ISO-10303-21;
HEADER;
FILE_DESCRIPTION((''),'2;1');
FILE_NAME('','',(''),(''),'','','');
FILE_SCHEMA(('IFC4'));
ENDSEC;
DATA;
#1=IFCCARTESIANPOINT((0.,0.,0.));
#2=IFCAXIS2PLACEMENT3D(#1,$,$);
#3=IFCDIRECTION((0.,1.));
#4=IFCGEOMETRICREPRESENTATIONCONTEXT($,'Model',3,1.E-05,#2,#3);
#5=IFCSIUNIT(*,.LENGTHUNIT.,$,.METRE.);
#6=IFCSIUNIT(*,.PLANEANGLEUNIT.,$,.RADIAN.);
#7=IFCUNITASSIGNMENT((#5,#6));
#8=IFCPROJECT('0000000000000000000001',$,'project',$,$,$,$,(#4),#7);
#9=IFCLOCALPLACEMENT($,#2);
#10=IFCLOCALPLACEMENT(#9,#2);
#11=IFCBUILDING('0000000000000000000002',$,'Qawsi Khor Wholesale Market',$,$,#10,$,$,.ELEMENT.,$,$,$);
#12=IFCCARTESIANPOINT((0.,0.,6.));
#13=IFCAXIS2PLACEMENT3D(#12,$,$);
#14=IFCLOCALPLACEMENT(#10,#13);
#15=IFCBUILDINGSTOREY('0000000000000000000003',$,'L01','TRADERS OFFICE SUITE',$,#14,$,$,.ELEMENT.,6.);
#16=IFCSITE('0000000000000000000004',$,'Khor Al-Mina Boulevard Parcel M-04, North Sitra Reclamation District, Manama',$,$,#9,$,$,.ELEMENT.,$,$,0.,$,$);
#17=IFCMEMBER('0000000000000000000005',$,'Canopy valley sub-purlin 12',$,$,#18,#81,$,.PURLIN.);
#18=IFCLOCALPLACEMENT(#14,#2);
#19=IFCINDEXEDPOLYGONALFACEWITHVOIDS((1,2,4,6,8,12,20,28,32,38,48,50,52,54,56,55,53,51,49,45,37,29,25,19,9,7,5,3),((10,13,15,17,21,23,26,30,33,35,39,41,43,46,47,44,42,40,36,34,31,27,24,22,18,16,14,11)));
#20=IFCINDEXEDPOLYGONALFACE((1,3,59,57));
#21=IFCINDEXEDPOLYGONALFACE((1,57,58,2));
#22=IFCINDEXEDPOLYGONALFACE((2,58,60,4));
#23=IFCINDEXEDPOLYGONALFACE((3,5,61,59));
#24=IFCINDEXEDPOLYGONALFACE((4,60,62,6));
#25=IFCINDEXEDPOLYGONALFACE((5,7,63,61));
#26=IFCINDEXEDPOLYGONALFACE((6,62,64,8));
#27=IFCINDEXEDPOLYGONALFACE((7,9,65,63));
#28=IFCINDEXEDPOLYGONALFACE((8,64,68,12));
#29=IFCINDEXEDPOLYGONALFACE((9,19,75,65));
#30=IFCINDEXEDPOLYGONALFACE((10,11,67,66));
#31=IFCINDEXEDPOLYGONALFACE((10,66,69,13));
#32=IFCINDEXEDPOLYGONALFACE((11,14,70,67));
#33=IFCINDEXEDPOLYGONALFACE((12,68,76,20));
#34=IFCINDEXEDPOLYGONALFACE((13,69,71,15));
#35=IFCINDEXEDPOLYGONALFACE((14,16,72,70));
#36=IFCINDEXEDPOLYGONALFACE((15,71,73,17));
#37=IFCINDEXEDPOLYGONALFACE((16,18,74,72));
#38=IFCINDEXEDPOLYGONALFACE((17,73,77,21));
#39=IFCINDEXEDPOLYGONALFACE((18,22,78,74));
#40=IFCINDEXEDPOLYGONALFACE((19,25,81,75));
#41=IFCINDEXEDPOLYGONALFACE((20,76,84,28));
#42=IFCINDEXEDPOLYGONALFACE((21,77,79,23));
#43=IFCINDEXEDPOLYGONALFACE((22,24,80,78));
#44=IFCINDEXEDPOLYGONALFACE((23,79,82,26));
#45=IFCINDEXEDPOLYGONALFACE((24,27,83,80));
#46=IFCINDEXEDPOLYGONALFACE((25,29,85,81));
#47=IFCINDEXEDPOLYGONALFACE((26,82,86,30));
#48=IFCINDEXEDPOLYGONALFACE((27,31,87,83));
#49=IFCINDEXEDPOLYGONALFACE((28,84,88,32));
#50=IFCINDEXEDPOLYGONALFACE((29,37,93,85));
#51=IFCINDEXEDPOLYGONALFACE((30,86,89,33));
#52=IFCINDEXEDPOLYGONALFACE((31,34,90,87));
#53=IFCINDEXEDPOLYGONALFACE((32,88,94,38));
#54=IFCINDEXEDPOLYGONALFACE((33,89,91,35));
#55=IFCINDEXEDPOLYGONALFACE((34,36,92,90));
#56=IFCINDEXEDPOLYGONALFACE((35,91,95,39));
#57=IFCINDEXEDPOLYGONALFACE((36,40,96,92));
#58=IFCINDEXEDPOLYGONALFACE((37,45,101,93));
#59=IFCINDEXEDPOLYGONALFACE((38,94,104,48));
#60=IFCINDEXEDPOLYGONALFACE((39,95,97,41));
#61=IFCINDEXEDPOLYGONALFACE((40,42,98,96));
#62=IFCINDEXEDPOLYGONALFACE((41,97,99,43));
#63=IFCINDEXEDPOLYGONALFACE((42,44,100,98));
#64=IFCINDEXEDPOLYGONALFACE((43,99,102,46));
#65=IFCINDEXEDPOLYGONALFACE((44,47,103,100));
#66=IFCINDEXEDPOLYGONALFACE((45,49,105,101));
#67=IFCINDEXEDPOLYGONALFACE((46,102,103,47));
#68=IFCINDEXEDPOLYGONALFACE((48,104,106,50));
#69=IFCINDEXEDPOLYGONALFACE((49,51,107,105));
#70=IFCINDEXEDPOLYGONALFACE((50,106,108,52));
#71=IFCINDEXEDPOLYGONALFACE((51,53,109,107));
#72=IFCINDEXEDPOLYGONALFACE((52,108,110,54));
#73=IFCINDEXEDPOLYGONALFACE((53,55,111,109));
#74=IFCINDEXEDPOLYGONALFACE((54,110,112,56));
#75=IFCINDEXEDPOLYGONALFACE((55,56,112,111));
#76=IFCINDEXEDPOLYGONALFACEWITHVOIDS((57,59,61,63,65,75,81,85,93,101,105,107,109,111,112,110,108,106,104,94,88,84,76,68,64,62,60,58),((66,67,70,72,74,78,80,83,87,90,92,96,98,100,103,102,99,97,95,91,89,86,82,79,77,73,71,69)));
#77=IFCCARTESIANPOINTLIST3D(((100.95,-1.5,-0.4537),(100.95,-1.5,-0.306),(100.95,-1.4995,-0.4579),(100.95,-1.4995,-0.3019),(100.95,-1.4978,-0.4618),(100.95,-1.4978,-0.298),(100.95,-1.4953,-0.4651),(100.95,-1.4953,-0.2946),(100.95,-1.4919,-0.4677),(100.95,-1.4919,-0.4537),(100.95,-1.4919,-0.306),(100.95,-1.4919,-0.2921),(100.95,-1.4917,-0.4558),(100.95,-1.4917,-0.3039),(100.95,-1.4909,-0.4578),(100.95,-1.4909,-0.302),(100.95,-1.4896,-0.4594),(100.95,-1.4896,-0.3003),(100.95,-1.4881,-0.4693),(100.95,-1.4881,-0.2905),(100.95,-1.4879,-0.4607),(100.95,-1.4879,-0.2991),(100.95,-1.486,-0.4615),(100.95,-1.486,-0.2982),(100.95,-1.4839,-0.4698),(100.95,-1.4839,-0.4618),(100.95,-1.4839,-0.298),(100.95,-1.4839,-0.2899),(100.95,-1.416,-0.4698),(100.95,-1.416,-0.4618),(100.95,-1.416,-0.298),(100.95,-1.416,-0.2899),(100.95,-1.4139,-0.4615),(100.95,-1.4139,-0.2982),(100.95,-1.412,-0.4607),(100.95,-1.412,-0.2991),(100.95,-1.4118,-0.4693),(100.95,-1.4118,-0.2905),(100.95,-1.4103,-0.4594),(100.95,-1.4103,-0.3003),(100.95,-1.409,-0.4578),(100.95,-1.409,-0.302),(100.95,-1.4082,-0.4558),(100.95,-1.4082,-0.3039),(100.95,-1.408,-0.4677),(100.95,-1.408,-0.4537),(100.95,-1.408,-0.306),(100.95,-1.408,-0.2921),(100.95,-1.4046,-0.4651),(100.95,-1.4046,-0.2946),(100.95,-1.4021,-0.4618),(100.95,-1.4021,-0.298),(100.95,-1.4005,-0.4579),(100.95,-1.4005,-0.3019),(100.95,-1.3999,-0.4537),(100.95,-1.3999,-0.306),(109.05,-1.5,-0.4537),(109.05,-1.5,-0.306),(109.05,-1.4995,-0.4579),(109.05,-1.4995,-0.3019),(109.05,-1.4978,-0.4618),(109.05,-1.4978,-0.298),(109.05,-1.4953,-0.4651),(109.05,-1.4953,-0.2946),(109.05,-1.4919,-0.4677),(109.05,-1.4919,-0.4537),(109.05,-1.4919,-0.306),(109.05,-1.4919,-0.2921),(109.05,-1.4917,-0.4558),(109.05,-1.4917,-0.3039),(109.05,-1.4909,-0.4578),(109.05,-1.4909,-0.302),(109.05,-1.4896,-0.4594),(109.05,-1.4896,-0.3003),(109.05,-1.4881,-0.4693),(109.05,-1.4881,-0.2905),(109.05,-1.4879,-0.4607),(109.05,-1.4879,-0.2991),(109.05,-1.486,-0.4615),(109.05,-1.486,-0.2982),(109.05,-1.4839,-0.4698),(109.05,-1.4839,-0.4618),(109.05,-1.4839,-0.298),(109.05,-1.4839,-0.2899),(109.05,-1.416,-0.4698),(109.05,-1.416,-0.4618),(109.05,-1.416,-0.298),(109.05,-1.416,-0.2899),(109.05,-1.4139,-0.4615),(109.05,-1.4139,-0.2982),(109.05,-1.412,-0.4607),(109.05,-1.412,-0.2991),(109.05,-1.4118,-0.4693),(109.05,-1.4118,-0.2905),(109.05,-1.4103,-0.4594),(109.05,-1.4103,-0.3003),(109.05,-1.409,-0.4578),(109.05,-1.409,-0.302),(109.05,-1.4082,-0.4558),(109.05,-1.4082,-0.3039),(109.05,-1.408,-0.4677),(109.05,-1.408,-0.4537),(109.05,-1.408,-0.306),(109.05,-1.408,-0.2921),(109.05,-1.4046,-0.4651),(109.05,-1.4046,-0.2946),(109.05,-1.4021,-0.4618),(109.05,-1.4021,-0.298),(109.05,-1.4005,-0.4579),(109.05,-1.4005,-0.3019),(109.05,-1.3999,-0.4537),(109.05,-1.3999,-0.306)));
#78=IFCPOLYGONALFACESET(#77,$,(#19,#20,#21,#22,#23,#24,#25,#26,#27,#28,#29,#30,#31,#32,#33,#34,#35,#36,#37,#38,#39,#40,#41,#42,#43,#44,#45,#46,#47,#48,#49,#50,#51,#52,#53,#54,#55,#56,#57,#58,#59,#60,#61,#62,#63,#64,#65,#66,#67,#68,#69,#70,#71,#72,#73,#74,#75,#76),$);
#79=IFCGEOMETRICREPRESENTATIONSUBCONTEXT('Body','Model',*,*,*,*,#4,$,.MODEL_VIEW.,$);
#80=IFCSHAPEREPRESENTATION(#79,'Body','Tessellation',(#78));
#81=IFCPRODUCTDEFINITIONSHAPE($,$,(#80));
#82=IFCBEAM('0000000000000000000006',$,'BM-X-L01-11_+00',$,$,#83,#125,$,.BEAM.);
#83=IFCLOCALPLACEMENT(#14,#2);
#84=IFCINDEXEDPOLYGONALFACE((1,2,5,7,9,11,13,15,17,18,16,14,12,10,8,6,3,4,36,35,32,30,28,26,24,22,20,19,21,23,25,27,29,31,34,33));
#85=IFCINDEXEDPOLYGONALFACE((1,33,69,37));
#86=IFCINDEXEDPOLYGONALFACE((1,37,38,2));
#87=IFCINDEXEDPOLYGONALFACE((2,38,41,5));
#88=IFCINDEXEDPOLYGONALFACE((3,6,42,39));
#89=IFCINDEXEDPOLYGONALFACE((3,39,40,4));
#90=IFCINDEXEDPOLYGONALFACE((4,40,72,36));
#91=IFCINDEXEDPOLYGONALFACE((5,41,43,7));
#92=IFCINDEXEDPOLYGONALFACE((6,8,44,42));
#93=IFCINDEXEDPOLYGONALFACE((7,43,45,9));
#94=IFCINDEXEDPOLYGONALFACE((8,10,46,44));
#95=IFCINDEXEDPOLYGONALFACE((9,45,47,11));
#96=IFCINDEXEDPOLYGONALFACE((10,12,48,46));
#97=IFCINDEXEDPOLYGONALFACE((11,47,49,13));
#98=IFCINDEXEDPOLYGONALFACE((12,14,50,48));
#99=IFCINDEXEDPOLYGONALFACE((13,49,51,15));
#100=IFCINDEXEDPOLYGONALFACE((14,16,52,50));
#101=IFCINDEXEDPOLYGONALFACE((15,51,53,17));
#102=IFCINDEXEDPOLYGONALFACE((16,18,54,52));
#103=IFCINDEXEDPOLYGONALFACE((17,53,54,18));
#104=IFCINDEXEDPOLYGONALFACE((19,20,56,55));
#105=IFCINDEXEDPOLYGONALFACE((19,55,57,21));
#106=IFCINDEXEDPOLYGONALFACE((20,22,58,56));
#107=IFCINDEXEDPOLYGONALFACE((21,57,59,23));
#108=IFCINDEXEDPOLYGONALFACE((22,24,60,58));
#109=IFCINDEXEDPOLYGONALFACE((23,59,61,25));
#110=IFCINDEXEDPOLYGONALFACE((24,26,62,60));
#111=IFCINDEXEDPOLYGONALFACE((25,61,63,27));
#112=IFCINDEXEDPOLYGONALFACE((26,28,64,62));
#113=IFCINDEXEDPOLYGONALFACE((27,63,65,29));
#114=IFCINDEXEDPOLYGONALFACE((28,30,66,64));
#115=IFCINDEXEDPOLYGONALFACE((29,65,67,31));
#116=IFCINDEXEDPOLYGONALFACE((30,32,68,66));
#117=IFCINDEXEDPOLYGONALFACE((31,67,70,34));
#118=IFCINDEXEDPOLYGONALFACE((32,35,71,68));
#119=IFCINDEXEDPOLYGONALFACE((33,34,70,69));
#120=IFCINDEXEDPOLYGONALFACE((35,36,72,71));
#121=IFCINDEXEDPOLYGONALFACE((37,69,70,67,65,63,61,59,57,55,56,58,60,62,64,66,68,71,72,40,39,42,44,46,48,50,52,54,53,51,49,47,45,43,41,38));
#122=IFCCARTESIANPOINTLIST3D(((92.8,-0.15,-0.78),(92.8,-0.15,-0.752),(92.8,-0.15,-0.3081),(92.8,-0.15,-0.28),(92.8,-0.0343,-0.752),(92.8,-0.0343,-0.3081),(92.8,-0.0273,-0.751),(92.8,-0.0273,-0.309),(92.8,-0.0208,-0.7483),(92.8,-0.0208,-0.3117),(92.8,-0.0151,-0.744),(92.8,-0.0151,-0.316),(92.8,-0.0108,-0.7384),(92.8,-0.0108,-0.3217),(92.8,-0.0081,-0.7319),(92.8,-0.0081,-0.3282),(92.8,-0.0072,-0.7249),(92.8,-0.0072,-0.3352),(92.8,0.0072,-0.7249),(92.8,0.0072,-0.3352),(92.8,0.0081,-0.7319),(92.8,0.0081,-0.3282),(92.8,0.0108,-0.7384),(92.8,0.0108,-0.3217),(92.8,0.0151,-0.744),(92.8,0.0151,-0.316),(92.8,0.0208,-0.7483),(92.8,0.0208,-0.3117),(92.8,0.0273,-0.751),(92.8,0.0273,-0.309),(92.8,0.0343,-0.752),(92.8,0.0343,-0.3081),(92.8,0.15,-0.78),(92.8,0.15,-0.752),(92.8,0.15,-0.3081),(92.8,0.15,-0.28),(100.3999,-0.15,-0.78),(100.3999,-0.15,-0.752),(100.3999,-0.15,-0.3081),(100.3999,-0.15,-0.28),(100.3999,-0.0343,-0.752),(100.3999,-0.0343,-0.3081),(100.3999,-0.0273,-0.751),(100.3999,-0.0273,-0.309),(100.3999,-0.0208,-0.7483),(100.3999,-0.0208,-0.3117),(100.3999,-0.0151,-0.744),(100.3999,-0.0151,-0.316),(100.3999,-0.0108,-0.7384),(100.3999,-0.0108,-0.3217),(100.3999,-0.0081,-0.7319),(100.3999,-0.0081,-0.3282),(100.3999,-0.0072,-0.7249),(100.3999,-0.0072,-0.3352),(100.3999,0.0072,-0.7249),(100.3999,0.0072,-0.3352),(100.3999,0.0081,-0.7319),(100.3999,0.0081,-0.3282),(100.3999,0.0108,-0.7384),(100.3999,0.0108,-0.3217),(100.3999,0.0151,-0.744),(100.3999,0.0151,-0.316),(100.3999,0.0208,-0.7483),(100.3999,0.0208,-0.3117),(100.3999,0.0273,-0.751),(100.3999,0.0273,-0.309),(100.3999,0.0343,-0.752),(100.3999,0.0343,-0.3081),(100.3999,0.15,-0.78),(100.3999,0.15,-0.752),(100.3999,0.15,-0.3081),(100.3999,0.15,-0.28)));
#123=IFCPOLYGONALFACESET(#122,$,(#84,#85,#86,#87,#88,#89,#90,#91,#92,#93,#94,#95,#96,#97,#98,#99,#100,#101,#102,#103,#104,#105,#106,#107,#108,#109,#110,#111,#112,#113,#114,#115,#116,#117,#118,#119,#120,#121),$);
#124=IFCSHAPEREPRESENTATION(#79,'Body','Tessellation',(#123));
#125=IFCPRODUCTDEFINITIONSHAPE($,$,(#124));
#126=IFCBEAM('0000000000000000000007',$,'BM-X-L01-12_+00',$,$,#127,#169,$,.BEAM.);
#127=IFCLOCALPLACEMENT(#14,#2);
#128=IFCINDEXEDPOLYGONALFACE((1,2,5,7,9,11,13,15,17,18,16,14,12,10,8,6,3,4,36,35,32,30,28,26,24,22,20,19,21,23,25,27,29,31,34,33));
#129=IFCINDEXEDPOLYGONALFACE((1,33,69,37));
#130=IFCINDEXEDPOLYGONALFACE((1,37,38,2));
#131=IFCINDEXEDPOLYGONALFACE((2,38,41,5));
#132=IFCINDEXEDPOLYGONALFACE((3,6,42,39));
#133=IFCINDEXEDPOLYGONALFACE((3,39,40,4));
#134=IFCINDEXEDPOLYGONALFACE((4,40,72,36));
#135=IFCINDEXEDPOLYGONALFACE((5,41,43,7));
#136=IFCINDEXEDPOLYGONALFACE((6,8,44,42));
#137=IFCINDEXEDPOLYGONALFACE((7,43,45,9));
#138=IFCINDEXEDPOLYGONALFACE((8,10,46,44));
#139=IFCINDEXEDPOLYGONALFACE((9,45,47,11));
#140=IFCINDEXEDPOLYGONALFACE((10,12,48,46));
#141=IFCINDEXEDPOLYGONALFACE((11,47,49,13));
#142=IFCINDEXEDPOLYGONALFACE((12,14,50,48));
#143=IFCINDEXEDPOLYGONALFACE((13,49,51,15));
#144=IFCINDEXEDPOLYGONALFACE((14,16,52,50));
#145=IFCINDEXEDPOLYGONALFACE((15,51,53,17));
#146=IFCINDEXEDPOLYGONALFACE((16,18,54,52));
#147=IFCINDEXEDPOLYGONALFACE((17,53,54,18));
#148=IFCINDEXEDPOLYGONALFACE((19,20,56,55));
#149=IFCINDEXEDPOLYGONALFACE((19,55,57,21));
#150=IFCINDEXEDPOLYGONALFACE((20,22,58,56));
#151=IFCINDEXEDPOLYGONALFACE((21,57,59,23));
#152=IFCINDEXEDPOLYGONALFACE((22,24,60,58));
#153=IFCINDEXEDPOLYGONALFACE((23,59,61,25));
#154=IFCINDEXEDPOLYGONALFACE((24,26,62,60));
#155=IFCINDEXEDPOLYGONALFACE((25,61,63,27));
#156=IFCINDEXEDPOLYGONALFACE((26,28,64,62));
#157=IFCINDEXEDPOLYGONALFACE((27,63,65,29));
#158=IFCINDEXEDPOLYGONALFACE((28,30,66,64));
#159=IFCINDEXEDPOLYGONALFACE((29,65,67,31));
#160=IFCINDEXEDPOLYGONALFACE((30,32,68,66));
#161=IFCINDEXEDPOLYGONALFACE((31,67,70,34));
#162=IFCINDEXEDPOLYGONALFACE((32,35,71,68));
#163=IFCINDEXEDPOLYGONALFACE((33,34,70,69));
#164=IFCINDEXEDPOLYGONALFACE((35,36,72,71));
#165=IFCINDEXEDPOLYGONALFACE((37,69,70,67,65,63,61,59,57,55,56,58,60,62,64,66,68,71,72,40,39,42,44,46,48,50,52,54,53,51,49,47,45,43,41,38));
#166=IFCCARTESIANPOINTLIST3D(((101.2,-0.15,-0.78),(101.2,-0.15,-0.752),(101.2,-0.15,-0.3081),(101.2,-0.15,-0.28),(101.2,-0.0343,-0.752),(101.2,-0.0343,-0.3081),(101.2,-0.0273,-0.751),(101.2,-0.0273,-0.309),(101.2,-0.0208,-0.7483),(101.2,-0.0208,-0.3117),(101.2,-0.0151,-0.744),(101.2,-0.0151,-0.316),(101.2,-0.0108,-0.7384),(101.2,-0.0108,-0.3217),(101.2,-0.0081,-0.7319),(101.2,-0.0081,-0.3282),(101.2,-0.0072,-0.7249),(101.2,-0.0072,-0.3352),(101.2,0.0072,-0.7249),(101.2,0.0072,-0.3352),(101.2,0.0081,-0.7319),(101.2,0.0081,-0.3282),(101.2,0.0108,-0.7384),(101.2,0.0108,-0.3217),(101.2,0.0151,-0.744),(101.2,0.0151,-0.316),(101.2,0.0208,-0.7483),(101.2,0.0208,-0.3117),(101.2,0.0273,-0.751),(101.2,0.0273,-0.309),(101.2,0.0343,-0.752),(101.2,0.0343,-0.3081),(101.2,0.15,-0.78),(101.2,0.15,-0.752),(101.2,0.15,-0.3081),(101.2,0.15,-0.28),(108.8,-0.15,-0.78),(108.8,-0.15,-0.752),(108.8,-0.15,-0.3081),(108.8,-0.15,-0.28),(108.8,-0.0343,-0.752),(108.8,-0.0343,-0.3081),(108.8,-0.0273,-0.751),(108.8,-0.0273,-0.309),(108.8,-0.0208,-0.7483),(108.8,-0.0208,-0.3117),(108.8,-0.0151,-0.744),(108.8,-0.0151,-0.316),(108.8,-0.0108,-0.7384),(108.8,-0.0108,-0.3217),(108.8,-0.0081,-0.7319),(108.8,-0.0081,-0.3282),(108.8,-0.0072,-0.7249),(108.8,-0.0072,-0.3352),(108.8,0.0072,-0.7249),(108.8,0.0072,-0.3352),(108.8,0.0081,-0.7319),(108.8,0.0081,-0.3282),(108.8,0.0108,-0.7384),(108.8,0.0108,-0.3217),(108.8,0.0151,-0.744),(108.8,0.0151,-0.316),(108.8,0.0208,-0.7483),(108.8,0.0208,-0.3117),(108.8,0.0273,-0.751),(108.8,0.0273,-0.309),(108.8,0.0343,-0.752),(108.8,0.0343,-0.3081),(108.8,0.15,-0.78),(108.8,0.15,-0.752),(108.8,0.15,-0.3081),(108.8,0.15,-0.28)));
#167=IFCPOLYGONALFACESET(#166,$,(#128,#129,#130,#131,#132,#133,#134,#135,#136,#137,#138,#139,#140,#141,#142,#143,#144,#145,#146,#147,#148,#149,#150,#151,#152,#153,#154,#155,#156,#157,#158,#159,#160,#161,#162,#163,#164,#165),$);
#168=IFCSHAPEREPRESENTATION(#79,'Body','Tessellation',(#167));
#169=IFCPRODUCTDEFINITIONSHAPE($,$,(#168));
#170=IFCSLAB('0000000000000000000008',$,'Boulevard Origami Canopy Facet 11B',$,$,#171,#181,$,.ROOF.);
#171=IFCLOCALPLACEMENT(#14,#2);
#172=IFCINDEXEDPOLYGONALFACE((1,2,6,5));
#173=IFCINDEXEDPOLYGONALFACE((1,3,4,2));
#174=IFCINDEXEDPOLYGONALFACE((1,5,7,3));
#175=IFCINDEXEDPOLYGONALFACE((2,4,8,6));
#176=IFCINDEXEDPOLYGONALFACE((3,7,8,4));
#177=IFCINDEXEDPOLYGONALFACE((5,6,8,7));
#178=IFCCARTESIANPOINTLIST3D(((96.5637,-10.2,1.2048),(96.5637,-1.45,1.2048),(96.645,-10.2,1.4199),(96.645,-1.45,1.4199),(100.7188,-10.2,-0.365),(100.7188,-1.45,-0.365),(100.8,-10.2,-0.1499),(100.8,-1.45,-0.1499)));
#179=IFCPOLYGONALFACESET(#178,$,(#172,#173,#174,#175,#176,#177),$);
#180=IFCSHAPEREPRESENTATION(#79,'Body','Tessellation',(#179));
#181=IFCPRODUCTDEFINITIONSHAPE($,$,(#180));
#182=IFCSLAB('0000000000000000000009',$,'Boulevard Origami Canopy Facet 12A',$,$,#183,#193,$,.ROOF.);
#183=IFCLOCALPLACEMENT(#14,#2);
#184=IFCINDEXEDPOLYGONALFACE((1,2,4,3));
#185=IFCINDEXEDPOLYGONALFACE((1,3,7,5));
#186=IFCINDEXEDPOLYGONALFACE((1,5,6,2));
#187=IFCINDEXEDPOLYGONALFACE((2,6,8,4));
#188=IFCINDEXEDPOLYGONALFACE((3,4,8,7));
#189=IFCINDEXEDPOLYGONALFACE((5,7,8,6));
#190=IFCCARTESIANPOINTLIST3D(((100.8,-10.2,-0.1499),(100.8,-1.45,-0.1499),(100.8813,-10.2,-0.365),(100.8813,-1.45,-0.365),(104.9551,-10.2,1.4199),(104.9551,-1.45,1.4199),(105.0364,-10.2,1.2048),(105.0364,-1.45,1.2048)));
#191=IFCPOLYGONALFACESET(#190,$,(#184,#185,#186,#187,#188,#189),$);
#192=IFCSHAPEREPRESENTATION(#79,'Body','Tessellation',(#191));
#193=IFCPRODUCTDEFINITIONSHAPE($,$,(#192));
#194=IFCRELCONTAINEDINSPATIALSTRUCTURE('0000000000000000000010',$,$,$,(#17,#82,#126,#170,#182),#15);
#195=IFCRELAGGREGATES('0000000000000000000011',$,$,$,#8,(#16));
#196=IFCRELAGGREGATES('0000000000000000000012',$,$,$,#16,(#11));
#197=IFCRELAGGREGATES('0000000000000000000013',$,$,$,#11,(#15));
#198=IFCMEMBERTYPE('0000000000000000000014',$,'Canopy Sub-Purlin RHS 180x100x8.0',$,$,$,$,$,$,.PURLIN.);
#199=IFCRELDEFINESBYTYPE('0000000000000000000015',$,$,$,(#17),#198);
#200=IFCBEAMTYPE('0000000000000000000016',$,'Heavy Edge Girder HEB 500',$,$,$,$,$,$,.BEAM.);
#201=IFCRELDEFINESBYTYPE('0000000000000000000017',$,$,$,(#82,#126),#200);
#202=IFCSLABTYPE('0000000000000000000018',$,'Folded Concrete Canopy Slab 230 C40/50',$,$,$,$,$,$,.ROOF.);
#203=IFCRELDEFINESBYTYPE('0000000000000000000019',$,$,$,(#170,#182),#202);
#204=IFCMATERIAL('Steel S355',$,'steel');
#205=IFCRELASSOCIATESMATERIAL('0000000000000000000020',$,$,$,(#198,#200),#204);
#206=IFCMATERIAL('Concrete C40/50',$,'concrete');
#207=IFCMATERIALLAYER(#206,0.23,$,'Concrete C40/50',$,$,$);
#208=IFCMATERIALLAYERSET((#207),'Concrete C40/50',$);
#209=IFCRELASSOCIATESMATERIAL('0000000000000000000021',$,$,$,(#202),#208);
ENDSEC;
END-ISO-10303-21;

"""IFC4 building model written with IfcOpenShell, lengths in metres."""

from ifc_helpers import new_model, si_unit, direction, frame, origin, origin_2d, place, context, subcontext, project, spatial, polyline, hollow_rectangle, i_section, outline, extrude, material, layer, layer_set, material_profile, profile_set, type_object, element, save


model = new_model("IFC4")

# Units and contexts
model_context = context("Model", 3, precision=1e-05, world=origin(), true_north=direction((0.0, 1.0)))
body_context = subcontext(model_context, "Body", "Model", "MODEL_VIEW")
ifc_project = project(units=[si_unit("LENGTHUNIT", "METRE"), si_unit("PLANEANGLEUNIT", "RADIAN")], contexts=[model_context])

# Site, building, storey
site_placement = place(None, origin())
site = spatial("IfcSite", under=ifc_project, at=site_placement, Name="Khor Al-Mina Boulevard Parcel M-04, North Sitra Reclamation District, Manama", CompositionType="ELEMENT", RefElevation=0.0)
building_placement = place(site_placement, origin())
building = spatial("IfcBuilding", under=site, at=building_placement, Name="Qawsi Khor Wholesale Market", CompositionType="ELEMENT")
storey_placement = place(building_placement, frame((0.0, 0.0, 6.0)))
storey = spatial("IfcBuildingStorey", under=building, at=storey_placement, Name="L01", Description="TRADERS OFFICE SUITE", CompositionType="ELEMENT", Elevation=6.0)

# Shared definitions
ifc_material_1 = material(Name="Concrete C40/50", Category="concrete")

# Shared definitions
ifc_material_2 = material(Name="Steel S355", Category="steel")

# Member
ifc_material_profile_1 = material_profile(ifc_material_2, hollow_rectangle(XDim=0.1001, YDim=0.1799, WallThickness=0.0081, InnerFilletRadius=0.0081, OuterFilletRadius=0.0161, at=origin_2d()), Name="RHS 180x100x8.0")
ifc_profile_set_1 = profile_set([ifc_material_profile_1], Name="Steel S355")
member_type = type_object("IfcMemberType", Name="Canopy Sub-Purlin RHS 180x100x8.0", PredefinedType="PURLIN", material=ifc_profile_set_1)
member_1_placement = place(storey_placement, frame((100.95, -1.45, -0.3799), z_axis=(1.0, 0.0, 0.0), x_axis=(0.0, 1.0, 0.0)))
element("IfcMember", 1, at=member_1_placement, inside=storey, type_object=member_type, Name="Canopy valley sub-purlin 12", PredefinedType="PURLIN", context=body_context, shape_type="SweptSolid", body=[
    extrude(hollow_rectangle(XDim=0.1001, YDim=0.1799, WallThickness=0.0081, InnerFilletRadius=0.0081, OuterFilletRadius=0.0161, at=origin_2d()), origin(), (0.0, 0.0, 1.0), 8.1001),
])

# Beams
ifc_material_profile_2 = material_profile(ifc_material_2, i_section(OverallWidth=0.3, OverallDepth=0.5, WebThickness=0.0144, FlangeThickness=0.0281, FilletRadius=0.0271, at=origin_2d()), Name="HEB 500")
ifc_profile_set_2 = profile_set([ifc_material_profile_2], Name="Steel S355")
beam_type_1 = type_object("IfcBeamType", Name="Heavy Edge Girder HEB 500", PredefinedType="BEAM", material=ifc_profile_set_2)
beam_1_placement = place(storey_placement, frame((92.8, 0.0, -0.53), z_axis=(1.0, 0.0, 0.0), x_axis=(0.0, 1.0, 0.0)))
element("IfcBeam", 2, at=beam_1_placement, inside=storey, type_object=beam_type_1, Name="BM-X-L01-11_+00", PredefinedType="BEAM", context=body_context, shape_type="SweptSolid", body=[
    extrude(i_section(OverallWidth=0.3, OverallDepth=0.5, WebThickness=0.0144, FlangeThickness=0.0281, FilletRadius=0.0271, at=origin_2d()), origin(), (0.0, 0.0, 1.0), 7.5999),
])
beam_2_placement = place(storey_placement, frame((101.2, 0.0, -0.53), z_axis=(1.0, 0.0, 0.0), x_axis=(0.0, 1.0, 0.0)))
element("IfcBeam", 3, at=beam_2_placement, inside=storey, type_object=beam_type_1, Name="BM-X-L01-12_+00", PredefinedType="BEAM", context=body_context, shape_type="SweptSolid", body=[
    extrude(i_section(OverallWidth=0.3, OverallDepth=0.5, WebThickness=0.0144, FlangeThickness=0.0281, FilletRadius=0.0271, at=origin_2d()), origin(), (0.0, 0.0, 1.0), 7.6001),
])

# Slabs
ifc_layer_1 = layer(ifc_material_1, 0.23, Name="Concrete C40/50")
ifc_layer_set_1 = layer_set([ifc_layer_1], Name="Concrete C40/50")
slab_type = type_object("IfcSlabType", Name="Folded Concrete Canopy Slab 230 C40/50", PredefinedType="ROOF", material=ifc_layer_set_1)
for number, where, z_axis, x_axis, name in (
    (4, (96.645, -10.2, 1.4199), (0.353429, 0.0, 0.935461), (0.935461, 0.0, -0.353429), "Boulevard Origami Canopy Facet 11B"),
    (5, (100.8, -10.2, -0.1499), (-0.353429, 0.0, 0.935461), (0.935461, 0.0, 0.353429), "Boulevard Origami Canopy Facet 12A"),
):
    element("IfcSlab", number, at=place(storey_placement, frame(where, z_axis=z_axis, x_axis=x_axis)), inside=storey, type_object=slab_type, Name=name, PredefinedType="ROOF", context=body_context, shape_type="SweptSolid", body=[
        extrude(outline(polyline([(0.0, 0.0), (4.4417, 0.0), (4.4417, 8.75), (0.0, 8.75), (0.0, 0.0)])), origin(), (0.0, 0.0, -1.0), 0.23),
    ])

save(model, "model.ifc")
